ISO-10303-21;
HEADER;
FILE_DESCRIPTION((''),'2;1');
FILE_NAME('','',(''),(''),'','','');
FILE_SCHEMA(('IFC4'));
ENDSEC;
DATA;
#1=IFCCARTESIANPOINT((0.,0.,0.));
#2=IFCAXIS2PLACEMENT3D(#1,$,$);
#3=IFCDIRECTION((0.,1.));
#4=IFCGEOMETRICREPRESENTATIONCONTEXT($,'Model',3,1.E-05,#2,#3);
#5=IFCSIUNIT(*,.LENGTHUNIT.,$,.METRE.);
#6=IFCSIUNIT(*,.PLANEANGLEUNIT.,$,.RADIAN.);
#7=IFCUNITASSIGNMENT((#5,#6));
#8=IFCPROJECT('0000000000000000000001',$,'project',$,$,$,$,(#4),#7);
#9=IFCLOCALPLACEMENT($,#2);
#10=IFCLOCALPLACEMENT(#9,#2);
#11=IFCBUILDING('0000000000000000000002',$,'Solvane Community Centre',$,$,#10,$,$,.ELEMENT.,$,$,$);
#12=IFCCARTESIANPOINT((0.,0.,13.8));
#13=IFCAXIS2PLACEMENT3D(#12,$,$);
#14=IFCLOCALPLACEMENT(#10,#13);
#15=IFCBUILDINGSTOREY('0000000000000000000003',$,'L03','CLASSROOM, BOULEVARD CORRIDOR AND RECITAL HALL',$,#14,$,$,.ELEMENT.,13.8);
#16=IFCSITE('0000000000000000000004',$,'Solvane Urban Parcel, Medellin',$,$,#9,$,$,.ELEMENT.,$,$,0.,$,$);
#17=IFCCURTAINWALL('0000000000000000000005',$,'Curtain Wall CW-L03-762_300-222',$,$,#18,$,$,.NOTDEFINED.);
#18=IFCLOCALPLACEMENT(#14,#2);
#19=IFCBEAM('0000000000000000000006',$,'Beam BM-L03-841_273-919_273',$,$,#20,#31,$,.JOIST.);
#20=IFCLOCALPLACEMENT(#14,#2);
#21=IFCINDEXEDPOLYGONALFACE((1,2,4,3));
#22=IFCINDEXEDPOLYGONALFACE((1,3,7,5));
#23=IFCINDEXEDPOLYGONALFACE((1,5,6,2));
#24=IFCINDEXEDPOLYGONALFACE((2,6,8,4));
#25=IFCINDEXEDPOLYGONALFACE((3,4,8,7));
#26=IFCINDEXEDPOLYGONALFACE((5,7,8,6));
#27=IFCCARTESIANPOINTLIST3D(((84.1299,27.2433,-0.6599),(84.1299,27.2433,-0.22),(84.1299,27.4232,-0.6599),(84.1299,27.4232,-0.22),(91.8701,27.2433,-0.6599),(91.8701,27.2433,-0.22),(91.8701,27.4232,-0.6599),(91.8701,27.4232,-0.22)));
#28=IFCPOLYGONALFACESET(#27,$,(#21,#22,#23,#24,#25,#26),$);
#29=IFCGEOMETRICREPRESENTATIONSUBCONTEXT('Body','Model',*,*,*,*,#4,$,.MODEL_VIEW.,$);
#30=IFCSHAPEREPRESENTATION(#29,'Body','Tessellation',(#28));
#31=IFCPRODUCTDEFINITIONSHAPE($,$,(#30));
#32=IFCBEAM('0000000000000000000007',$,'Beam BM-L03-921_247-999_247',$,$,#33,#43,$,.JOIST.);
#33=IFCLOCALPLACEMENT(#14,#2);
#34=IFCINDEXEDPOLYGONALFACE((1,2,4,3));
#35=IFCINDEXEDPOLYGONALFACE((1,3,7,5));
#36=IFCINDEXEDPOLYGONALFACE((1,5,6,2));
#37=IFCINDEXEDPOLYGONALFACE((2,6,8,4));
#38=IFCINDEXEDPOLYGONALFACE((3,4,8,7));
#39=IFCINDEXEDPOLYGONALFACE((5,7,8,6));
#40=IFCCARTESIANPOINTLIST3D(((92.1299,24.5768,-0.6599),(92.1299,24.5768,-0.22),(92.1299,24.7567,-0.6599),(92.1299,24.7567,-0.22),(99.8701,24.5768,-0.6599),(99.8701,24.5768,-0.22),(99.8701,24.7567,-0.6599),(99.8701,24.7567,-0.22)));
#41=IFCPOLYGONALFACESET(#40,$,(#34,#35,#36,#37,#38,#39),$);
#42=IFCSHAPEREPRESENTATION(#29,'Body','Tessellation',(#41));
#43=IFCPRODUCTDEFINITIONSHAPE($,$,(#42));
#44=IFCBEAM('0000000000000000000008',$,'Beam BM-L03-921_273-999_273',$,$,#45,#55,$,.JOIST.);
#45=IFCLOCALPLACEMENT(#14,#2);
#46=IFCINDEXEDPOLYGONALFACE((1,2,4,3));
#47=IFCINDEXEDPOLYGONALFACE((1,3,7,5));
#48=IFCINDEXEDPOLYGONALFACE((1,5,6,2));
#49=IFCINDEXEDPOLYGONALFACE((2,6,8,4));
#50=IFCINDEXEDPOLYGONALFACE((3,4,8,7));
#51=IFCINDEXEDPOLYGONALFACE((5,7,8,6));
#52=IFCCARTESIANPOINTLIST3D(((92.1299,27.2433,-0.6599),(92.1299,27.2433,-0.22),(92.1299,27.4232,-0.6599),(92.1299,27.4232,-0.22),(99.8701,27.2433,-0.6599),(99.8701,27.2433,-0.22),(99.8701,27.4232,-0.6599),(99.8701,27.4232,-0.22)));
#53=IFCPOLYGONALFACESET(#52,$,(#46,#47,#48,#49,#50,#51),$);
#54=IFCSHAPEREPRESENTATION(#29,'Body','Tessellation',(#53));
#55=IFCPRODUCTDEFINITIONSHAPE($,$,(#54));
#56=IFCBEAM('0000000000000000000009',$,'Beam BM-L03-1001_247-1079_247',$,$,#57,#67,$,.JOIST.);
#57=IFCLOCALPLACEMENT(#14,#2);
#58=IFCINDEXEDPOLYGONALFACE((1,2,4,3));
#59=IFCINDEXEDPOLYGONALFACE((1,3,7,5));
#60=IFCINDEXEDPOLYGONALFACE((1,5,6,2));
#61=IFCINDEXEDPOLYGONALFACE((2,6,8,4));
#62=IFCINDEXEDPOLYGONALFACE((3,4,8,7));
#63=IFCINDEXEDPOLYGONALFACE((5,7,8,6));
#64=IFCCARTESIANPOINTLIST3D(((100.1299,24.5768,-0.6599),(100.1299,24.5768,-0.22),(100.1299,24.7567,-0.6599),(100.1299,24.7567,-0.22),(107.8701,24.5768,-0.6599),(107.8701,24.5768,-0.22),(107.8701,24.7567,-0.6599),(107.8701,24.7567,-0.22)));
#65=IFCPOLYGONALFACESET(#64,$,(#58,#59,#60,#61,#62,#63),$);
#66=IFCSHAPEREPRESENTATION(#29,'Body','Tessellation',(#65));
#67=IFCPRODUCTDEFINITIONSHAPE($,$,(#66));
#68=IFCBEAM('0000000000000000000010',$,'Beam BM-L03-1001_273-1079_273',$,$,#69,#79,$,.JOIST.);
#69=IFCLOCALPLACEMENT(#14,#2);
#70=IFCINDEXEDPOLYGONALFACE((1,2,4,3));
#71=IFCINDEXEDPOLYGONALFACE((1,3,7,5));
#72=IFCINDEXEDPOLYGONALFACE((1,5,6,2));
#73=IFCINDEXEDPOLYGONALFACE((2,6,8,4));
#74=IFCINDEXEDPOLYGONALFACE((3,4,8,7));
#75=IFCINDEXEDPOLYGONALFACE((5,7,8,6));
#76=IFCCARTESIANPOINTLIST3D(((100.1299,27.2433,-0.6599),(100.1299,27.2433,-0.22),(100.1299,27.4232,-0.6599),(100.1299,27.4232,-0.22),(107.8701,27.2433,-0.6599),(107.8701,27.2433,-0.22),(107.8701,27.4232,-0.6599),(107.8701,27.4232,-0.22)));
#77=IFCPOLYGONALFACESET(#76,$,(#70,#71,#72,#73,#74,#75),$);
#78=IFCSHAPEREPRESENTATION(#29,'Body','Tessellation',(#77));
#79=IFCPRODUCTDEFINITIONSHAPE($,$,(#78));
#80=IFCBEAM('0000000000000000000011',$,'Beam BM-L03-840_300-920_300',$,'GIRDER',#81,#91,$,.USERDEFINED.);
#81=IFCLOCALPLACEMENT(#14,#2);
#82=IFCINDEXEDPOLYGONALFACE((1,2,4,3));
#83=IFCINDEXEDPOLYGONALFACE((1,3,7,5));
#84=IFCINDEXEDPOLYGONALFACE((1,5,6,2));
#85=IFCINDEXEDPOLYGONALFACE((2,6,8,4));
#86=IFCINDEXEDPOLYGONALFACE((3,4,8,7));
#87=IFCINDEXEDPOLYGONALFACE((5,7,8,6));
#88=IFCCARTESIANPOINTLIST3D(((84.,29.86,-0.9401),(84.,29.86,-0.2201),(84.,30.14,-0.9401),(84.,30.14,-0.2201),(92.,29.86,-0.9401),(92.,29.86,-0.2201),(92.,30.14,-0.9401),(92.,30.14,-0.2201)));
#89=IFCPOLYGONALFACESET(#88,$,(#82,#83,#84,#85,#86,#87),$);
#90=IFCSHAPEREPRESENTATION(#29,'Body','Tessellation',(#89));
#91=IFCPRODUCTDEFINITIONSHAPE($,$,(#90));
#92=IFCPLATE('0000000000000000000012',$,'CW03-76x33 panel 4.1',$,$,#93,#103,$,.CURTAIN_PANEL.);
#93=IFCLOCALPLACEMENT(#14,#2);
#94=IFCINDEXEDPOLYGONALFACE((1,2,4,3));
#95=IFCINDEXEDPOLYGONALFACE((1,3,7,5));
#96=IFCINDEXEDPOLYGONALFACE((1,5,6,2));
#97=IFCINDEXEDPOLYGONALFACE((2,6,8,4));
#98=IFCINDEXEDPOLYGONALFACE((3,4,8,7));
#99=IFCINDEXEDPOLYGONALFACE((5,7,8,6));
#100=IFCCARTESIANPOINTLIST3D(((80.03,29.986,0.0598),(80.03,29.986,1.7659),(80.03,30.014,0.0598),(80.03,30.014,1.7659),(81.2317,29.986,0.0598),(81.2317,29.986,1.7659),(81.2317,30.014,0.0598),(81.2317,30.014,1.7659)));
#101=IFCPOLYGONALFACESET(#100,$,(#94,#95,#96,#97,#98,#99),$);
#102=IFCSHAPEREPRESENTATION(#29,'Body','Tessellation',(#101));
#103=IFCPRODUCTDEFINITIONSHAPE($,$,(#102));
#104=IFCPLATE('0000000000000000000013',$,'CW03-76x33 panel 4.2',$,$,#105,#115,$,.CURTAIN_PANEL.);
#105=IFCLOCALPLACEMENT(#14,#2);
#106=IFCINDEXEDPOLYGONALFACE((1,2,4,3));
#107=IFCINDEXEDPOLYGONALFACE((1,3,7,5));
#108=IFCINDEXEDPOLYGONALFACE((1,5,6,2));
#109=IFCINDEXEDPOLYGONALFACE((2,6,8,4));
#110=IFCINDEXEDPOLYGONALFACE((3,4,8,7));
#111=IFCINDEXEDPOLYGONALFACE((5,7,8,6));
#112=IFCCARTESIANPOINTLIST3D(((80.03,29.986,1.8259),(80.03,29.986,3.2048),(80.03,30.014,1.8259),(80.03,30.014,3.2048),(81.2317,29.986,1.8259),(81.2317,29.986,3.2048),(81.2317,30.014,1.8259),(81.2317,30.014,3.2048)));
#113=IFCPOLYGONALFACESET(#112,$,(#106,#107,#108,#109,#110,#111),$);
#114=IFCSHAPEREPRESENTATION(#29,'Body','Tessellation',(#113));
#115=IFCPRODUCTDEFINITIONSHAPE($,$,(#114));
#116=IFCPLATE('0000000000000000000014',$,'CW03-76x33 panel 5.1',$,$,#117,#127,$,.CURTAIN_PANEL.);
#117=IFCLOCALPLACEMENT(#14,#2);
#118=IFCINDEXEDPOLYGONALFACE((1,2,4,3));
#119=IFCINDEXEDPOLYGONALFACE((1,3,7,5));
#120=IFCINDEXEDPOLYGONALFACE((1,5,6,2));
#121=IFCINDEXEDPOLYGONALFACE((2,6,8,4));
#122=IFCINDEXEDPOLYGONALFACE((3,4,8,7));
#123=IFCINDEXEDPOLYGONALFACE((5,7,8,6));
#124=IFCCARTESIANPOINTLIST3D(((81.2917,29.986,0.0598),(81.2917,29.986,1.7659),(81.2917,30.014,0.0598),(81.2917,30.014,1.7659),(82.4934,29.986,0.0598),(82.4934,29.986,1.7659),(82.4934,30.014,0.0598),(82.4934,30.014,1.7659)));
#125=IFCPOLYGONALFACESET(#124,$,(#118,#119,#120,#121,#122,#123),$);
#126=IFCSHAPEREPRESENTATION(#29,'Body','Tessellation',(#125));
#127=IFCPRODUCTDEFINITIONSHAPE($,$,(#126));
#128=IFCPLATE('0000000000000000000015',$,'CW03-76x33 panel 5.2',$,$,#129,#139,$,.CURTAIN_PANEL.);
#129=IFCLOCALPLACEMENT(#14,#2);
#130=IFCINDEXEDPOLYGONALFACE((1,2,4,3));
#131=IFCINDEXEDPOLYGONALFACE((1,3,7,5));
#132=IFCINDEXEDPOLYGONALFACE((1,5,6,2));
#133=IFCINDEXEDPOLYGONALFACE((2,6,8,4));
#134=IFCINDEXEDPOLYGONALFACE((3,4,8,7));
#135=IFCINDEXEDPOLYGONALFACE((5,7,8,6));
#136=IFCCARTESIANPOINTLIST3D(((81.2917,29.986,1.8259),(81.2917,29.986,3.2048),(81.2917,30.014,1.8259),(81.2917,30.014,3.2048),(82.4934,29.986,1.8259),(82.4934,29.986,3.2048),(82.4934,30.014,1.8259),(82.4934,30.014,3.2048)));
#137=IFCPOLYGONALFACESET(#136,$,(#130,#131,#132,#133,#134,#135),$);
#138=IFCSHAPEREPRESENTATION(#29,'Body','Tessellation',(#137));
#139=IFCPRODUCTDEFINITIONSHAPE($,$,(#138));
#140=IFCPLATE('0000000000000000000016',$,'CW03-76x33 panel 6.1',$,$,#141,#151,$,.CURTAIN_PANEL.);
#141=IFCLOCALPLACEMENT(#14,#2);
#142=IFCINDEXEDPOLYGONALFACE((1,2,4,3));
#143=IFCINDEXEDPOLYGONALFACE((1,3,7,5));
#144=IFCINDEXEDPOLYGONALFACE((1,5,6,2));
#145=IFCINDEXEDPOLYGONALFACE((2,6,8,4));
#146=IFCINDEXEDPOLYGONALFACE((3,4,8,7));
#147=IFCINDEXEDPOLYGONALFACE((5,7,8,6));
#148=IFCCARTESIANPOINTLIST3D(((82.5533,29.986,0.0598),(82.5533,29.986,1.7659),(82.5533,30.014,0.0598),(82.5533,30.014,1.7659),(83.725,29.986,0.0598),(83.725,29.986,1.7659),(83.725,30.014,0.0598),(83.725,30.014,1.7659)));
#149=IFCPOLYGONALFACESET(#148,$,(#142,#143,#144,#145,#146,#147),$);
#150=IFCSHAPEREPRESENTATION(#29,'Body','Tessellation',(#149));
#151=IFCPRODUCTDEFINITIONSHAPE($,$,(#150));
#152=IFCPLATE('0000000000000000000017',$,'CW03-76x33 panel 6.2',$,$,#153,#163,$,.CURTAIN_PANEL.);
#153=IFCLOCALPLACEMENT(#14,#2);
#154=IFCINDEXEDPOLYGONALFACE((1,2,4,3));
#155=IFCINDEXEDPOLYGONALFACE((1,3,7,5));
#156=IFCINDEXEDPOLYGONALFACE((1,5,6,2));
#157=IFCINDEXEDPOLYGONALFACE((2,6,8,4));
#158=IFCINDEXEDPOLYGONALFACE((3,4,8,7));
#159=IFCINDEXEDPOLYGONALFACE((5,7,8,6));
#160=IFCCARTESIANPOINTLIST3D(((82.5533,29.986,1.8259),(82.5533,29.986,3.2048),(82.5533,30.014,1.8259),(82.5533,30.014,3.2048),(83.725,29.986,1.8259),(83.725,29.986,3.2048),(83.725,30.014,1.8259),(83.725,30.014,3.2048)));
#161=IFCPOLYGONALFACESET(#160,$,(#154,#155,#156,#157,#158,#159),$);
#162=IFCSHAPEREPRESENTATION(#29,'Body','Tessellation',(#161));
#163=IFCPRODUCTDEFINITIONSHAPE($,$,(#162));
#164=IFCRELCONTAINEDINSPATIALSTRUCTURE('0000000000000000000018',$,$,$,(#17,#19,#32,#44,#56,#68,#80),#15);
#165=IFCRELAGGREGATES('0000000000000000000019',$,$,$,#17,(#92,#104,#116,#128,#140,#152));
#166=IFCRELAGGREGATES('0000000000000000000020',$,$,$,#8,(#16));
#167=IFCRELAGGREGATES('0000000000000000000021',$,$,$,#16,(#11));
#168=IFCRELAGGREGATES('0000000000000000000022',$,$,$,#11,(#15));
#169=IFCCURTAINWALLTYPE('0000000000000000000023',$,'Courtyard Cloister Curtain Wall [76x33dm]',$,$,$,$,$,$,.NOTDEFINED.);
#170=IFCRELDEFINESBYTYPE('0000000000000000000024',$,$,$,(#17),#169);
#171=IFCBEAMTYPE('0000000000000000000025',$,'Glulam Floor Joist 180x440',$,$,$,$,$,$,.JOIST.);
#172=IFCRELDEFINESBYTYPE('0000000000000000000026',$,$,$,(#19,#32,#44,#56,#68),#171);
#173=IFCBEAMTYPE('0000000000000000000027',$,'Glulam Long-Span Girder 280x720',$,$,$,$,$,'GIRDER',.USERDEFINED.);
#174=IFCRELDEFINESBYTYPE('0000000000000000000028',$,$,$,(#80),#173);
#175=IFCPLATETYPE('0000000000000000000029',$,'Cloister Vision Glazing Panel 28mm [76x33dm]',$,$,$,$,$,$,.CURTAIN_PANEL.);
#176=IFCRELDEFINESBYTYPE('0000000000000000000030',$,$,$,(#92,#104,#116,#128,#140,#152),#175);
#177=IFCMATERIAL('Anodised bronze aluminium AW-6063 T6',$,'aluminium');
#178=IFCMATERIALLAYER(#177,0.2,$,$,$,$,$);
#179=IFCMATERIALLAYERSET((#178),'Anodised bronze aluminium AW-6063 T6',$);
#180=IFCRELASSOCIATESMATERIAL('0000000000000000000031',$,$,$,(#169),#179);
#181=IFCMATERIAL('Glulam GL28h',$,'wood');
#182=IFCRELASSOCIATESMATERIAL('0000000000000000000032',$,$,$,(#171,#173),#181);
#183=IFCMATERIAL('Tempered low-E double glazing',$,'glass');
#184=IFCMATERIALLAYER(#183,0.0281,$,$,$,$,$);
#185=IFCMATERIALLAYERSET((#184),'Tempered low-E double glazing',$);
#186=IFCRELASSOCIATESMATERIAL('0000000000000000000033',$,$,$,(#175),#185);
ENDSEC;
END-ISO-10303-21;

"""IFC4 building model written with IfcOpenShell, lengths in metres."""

from ifc_helpers import new_model, si_unit, direction, frame, origin, origin_2d, place, context, subcontext, project, spatial, rectangle, extrude, material, layer, layer_set, material_profile, profile_set, type_object, element, aggregate, save


model = new_model("IFC4")

# Units and contexts
model_context = context("Model", 3, precision=1e-05, world=origin(), true_north=direction((0.0, 1.0)))
body_context = subcontext(model_context, "Body", "Model", "MODEL_VIEW")
ifc_project = project(units=[si_unit("LENGTHUNIT", "METRE"), si_unit("PLANEANGLEUNIT", "RADIAN")], contexts=[model_context])

# Site, building, storey
site_placement = place(None, origin())
site = spatial("IfcSite", under=ifc_project, at=site_placement, Name="Solvane Urban Parcel, Medellin", CompositionType="ELEMENT", RefElevation=0.0)
building_placement = place(site_placement, origin())
building = spatial("IfcBuilding", under=site, at=building_placement, Name="Solvane Community Centre", CompositionType="ELEMENT")
storey_placement = place(building_placement, frame((0.0, 0.0, 13.8)))
storey = spatial("IfcBuildingStorey", under=building, at=storey_placement, Name="L03", Description="CLASSROOM, BOULEVARD CORRIDOR AND RECITAL HALL", CompositionType="ELEMENT", Elevation=13.8)

# Curtain wall
ifc_material_1 = material(Name="Anodised bronze aluminium AW-6063 T6", Category="aluminium")
ifc_layer_1 = layer(ifc_material_1, 0.2)
ifc_layer_set_1 = layer_set([ifc_layer_1], Name="Anodised bronze aluminium AW-6063 T6")
curtain_wall_type = type_object("IfcCurtainWallType", Name="Courtyard Cloister Curtain Wall [76x33dm]", PredefinedType="NOTDEFINED", material=ifc_layer_set_1)
curtain_wall_placement = place(storey_placement, origin())
curtain_wall = element("IfcCurtainWall", 1, at=curtain_wall_placement, inside=storey, type_object=curtain_wall_type, Name="Curtain Wall CW-L03-762_300-222", PredefinedType="NOTDEFINED")

# Beams
ifc_material_2 = material(Name="Glulam GL28h", Category="wood")
ifc_material_profile_1 = material_profile(ifc_material_2, rectangle(XDim=0.1799, YDim=0.4399, at=origin_2d()), Name="GL28h 180x440")
ifc_profile_set_1 = profile_set([ifc_material_profile_1], Name="Glulam GL28h")
beam_type_1 = type_object("IfcBeamType", Name="Glulam Floor Joist 180x440", PredefinedType="JOIST", material=ifc_profile_set_1)
for number, where, z_axis, x_axis, name in (
    (2, (84.1299, 27.3333, -0.4399), (1.0, 0.0, 0.0), (0.0, 1.0, 0.0), "Beam BM-L03-841_273-919_273"),
    (3, (92.1299, 24.6667, -0.4399), (1.0, 0.0, 0.0), (0.0, 1.0, 0.0), "Beam BM-L03-921_247-999_247"),
    (4, (92.1299, 27.3333, -0.4399), (1.0, 0.0, 0.0), (0.0, 1.0, 0.0), "Beam BM-L03-921_273-999_273"),
    (5, (100.1299, 24.6667, -0.4399), (1.0, 0.0, 0.0), (0.0, 1.0, 0.0), "Beam BM-L03-1001_247-1079_247"),
    (6, (100.1299, 27.3333, -0.4399), (1.0, 0.0, 0.0), (0.0, 1.0, 0.0), "Beam BM-L03-1001_273-1079_273"),
):
    element("IfcBeam", number, at=place(storey_placement, frame(where, z_axis=z_axis, x_axis=x_axis)), inside=storey, type_object=beam_type_1, Name=name, PredefinedType="JOIST", context=body_context, shape_type="SweptSolid", body=[
        extrude(rectangle(XDim=0.1799, YDim=0.4399, at=origin_2d()), origin(), (0.0, 0.0, 1.0), 7.7402),
    ])
ifc_material_profile_2 = material_profile(ifc_material_2, rectangle(XDim=0.28, YDim=0.72, at=origin_2d()), Name="GL28h 280x720")
ifc_profile_set_2 = profile_set([ifc_material_profile_2], Name="Glulam GL28h")
beam_type_2 = type_object("IfcBeamType", Name="Glulam Long-Span Girder 280x720", ElementType="GIRDER", PredefinedType="USERDEFINED", material=ifc_profile_set_2)
beam_placement = place(storey_placement, frame((84.0, 30.0, -0.5801), z_axis=(1.0, 0.0, 0.0), x_axis=(0.0, 1.0, 0.0)))
element("IfcBeam", 7, at=beam_placement, inside=storey, type_object=beam_type_2, Name="Beam BM-L03-840_300-920_300", ObjectType="GIRDER", PredefinedType="USERDEFINED", context=body_context, shape_type="SweptSolid", body=[
    extrude(rectangle(XDim=0.28, YDim=0.72, at=origin_2d()), origin(), (0.0, 0.0, 1.0), 8.0),
])

# Plates
ifc_material_3 = material(Name="Tempered low-E double glazing", Category="glass")
ifc_layer_2 = layer(ifc_material_3, 0.0281)
ifc_layer_set_2 = layer_set([ifc_layer_2], Name="Tempered low-E double glazing")
plate_type = type_object("IfcPlateType", Name="Cloister Vision Glazing Panel 28mm [76x33dm]", PredefinedType="CURTAIN_PANEL", material=ifc_layer_set_2)
plate_1_placement = place(storey_placement, frame((80.6309, 30.0, 0.0598), z_axis=(0.0, 0.0, 1.0), x_axis=(1.0, 0.0, 0.0)))
plate_1 = element("IfcPlate", 8, at=plate_1_placement, type_object=plate_type, Name="CW03-76x33 panel 4.1", PredefinedType="CURTAIN_PANEL", context=body_context, shape_type="SweptSolid", body=[
    extrude(rectangle(XDim=1.2017, YDim=0.0281, at=origin_2d()), origin(), (0.0, 0.0, 1.0), 1.7061),
])
plate_2_placement = place(storey_placement, frame((80.6309, 30.0, 1.8259), z_axis=(0.0, 0.0, 1.0), x_axis=(1.0, 0.0, 0.0)))
plate_2 = element("IfcPlate", 9, at=plate_2_placement, type_object=plate_type, Name="CW03-76x33 panel 4.2", PredefinedType="CURTAIN_PANEL", context=body_context, shape_type="SweptSolid", body=[
    extrude(rectangle(XDim=1.2017, YDim=0.0281, at=origin_2d()), origin(), (0.0, 0.0, 1.0), 1.3789),
])
plate_3_placement = place(storey_placement, frame((81.8926, 30.0, 0.0598), z_axis=(0.0, 0.0, 1.0), x_axis=(1.0, 0.0, 0.0)))
plate_3 = element("IfcPlate", 10, at=plate_3_placement, type_object=plate_type, Name="CW03-76x33 panel 5.1", PredefinedType="CURTAIN_PANEL", context=body_context, shape_type="SweptSolid", body=[
    extrude(rectangle(XDim=1.2017, YDim=0.0281, at=origin_2d()), origin(), (0.0, 0.0, 1.0), 1.7061),
])
plate_4_placement = place(storey_placement, frame((81.8926, 30.0, 1.8259), z_axis=(0.0, 0.0, 1.0), x_axis=(1.0, 0.0, 0.0)))
plate_4 = element("IfcPlate", 11, at=plate_4_placement, type_object=plate_type, Name="CW03-76x33 panel 5.2", PredefinedType="CURTAIN_PANEL", context=body_context, shape_type="SweptSolid", body=[
    extrude(rectangle(XDim=1.2017, YDim=0.0281, at=origin_2d()), origin(), (0.0, 0.0, 1.0), 1.3789),
])
plate_5_placement = place(storey_placement, frame((83.1392, 30.0, 0.0598), z_axis=(0.0, 0.0, 1.0), x_axis=(1.0, 0.0, 0.0)))
plate_5 = element("IfcPlate", 12, at=plate_5_placement, type_object=plate_type, Name="CW03-76x33 panel 6.1", PredefinedType="CURTAIN_PANEL", context=body_context, shape_type="SweptSolid", body=[
    extrude(rectangle(XDim=1.1716, YDim=0.0281, at=origin_2d()), origin(), (0.0, 0.0, 1.0), 1.7061),
])
plate_6_placement = place(storey_placement, frame((83.1392, 30.0, 1.8259), z_axis=(0.0, 0.0, 1.0), x_axis=(1.0, 0.0, 0.0)))
plate_6 = element("IfcPlate", 13, at=plate_6_placement, type_object=plate_type, Name="CW03-76x33 panel 6.2", PredefinedType="CURTAIN_PANEL", context=body_context, shape_type="SweptSolid", body=[
    extrude(rectangle(XDim=1.1716, YDim=0.0281, at=origin_2d()), origin(), (0.0, 0.0, 1.0), 1.3789),
])
aggregate(curtain_wall, [plate_1, plate_2, plate_3, plate_4, plate_5, plate_6])

save(model, "model.ifc")
